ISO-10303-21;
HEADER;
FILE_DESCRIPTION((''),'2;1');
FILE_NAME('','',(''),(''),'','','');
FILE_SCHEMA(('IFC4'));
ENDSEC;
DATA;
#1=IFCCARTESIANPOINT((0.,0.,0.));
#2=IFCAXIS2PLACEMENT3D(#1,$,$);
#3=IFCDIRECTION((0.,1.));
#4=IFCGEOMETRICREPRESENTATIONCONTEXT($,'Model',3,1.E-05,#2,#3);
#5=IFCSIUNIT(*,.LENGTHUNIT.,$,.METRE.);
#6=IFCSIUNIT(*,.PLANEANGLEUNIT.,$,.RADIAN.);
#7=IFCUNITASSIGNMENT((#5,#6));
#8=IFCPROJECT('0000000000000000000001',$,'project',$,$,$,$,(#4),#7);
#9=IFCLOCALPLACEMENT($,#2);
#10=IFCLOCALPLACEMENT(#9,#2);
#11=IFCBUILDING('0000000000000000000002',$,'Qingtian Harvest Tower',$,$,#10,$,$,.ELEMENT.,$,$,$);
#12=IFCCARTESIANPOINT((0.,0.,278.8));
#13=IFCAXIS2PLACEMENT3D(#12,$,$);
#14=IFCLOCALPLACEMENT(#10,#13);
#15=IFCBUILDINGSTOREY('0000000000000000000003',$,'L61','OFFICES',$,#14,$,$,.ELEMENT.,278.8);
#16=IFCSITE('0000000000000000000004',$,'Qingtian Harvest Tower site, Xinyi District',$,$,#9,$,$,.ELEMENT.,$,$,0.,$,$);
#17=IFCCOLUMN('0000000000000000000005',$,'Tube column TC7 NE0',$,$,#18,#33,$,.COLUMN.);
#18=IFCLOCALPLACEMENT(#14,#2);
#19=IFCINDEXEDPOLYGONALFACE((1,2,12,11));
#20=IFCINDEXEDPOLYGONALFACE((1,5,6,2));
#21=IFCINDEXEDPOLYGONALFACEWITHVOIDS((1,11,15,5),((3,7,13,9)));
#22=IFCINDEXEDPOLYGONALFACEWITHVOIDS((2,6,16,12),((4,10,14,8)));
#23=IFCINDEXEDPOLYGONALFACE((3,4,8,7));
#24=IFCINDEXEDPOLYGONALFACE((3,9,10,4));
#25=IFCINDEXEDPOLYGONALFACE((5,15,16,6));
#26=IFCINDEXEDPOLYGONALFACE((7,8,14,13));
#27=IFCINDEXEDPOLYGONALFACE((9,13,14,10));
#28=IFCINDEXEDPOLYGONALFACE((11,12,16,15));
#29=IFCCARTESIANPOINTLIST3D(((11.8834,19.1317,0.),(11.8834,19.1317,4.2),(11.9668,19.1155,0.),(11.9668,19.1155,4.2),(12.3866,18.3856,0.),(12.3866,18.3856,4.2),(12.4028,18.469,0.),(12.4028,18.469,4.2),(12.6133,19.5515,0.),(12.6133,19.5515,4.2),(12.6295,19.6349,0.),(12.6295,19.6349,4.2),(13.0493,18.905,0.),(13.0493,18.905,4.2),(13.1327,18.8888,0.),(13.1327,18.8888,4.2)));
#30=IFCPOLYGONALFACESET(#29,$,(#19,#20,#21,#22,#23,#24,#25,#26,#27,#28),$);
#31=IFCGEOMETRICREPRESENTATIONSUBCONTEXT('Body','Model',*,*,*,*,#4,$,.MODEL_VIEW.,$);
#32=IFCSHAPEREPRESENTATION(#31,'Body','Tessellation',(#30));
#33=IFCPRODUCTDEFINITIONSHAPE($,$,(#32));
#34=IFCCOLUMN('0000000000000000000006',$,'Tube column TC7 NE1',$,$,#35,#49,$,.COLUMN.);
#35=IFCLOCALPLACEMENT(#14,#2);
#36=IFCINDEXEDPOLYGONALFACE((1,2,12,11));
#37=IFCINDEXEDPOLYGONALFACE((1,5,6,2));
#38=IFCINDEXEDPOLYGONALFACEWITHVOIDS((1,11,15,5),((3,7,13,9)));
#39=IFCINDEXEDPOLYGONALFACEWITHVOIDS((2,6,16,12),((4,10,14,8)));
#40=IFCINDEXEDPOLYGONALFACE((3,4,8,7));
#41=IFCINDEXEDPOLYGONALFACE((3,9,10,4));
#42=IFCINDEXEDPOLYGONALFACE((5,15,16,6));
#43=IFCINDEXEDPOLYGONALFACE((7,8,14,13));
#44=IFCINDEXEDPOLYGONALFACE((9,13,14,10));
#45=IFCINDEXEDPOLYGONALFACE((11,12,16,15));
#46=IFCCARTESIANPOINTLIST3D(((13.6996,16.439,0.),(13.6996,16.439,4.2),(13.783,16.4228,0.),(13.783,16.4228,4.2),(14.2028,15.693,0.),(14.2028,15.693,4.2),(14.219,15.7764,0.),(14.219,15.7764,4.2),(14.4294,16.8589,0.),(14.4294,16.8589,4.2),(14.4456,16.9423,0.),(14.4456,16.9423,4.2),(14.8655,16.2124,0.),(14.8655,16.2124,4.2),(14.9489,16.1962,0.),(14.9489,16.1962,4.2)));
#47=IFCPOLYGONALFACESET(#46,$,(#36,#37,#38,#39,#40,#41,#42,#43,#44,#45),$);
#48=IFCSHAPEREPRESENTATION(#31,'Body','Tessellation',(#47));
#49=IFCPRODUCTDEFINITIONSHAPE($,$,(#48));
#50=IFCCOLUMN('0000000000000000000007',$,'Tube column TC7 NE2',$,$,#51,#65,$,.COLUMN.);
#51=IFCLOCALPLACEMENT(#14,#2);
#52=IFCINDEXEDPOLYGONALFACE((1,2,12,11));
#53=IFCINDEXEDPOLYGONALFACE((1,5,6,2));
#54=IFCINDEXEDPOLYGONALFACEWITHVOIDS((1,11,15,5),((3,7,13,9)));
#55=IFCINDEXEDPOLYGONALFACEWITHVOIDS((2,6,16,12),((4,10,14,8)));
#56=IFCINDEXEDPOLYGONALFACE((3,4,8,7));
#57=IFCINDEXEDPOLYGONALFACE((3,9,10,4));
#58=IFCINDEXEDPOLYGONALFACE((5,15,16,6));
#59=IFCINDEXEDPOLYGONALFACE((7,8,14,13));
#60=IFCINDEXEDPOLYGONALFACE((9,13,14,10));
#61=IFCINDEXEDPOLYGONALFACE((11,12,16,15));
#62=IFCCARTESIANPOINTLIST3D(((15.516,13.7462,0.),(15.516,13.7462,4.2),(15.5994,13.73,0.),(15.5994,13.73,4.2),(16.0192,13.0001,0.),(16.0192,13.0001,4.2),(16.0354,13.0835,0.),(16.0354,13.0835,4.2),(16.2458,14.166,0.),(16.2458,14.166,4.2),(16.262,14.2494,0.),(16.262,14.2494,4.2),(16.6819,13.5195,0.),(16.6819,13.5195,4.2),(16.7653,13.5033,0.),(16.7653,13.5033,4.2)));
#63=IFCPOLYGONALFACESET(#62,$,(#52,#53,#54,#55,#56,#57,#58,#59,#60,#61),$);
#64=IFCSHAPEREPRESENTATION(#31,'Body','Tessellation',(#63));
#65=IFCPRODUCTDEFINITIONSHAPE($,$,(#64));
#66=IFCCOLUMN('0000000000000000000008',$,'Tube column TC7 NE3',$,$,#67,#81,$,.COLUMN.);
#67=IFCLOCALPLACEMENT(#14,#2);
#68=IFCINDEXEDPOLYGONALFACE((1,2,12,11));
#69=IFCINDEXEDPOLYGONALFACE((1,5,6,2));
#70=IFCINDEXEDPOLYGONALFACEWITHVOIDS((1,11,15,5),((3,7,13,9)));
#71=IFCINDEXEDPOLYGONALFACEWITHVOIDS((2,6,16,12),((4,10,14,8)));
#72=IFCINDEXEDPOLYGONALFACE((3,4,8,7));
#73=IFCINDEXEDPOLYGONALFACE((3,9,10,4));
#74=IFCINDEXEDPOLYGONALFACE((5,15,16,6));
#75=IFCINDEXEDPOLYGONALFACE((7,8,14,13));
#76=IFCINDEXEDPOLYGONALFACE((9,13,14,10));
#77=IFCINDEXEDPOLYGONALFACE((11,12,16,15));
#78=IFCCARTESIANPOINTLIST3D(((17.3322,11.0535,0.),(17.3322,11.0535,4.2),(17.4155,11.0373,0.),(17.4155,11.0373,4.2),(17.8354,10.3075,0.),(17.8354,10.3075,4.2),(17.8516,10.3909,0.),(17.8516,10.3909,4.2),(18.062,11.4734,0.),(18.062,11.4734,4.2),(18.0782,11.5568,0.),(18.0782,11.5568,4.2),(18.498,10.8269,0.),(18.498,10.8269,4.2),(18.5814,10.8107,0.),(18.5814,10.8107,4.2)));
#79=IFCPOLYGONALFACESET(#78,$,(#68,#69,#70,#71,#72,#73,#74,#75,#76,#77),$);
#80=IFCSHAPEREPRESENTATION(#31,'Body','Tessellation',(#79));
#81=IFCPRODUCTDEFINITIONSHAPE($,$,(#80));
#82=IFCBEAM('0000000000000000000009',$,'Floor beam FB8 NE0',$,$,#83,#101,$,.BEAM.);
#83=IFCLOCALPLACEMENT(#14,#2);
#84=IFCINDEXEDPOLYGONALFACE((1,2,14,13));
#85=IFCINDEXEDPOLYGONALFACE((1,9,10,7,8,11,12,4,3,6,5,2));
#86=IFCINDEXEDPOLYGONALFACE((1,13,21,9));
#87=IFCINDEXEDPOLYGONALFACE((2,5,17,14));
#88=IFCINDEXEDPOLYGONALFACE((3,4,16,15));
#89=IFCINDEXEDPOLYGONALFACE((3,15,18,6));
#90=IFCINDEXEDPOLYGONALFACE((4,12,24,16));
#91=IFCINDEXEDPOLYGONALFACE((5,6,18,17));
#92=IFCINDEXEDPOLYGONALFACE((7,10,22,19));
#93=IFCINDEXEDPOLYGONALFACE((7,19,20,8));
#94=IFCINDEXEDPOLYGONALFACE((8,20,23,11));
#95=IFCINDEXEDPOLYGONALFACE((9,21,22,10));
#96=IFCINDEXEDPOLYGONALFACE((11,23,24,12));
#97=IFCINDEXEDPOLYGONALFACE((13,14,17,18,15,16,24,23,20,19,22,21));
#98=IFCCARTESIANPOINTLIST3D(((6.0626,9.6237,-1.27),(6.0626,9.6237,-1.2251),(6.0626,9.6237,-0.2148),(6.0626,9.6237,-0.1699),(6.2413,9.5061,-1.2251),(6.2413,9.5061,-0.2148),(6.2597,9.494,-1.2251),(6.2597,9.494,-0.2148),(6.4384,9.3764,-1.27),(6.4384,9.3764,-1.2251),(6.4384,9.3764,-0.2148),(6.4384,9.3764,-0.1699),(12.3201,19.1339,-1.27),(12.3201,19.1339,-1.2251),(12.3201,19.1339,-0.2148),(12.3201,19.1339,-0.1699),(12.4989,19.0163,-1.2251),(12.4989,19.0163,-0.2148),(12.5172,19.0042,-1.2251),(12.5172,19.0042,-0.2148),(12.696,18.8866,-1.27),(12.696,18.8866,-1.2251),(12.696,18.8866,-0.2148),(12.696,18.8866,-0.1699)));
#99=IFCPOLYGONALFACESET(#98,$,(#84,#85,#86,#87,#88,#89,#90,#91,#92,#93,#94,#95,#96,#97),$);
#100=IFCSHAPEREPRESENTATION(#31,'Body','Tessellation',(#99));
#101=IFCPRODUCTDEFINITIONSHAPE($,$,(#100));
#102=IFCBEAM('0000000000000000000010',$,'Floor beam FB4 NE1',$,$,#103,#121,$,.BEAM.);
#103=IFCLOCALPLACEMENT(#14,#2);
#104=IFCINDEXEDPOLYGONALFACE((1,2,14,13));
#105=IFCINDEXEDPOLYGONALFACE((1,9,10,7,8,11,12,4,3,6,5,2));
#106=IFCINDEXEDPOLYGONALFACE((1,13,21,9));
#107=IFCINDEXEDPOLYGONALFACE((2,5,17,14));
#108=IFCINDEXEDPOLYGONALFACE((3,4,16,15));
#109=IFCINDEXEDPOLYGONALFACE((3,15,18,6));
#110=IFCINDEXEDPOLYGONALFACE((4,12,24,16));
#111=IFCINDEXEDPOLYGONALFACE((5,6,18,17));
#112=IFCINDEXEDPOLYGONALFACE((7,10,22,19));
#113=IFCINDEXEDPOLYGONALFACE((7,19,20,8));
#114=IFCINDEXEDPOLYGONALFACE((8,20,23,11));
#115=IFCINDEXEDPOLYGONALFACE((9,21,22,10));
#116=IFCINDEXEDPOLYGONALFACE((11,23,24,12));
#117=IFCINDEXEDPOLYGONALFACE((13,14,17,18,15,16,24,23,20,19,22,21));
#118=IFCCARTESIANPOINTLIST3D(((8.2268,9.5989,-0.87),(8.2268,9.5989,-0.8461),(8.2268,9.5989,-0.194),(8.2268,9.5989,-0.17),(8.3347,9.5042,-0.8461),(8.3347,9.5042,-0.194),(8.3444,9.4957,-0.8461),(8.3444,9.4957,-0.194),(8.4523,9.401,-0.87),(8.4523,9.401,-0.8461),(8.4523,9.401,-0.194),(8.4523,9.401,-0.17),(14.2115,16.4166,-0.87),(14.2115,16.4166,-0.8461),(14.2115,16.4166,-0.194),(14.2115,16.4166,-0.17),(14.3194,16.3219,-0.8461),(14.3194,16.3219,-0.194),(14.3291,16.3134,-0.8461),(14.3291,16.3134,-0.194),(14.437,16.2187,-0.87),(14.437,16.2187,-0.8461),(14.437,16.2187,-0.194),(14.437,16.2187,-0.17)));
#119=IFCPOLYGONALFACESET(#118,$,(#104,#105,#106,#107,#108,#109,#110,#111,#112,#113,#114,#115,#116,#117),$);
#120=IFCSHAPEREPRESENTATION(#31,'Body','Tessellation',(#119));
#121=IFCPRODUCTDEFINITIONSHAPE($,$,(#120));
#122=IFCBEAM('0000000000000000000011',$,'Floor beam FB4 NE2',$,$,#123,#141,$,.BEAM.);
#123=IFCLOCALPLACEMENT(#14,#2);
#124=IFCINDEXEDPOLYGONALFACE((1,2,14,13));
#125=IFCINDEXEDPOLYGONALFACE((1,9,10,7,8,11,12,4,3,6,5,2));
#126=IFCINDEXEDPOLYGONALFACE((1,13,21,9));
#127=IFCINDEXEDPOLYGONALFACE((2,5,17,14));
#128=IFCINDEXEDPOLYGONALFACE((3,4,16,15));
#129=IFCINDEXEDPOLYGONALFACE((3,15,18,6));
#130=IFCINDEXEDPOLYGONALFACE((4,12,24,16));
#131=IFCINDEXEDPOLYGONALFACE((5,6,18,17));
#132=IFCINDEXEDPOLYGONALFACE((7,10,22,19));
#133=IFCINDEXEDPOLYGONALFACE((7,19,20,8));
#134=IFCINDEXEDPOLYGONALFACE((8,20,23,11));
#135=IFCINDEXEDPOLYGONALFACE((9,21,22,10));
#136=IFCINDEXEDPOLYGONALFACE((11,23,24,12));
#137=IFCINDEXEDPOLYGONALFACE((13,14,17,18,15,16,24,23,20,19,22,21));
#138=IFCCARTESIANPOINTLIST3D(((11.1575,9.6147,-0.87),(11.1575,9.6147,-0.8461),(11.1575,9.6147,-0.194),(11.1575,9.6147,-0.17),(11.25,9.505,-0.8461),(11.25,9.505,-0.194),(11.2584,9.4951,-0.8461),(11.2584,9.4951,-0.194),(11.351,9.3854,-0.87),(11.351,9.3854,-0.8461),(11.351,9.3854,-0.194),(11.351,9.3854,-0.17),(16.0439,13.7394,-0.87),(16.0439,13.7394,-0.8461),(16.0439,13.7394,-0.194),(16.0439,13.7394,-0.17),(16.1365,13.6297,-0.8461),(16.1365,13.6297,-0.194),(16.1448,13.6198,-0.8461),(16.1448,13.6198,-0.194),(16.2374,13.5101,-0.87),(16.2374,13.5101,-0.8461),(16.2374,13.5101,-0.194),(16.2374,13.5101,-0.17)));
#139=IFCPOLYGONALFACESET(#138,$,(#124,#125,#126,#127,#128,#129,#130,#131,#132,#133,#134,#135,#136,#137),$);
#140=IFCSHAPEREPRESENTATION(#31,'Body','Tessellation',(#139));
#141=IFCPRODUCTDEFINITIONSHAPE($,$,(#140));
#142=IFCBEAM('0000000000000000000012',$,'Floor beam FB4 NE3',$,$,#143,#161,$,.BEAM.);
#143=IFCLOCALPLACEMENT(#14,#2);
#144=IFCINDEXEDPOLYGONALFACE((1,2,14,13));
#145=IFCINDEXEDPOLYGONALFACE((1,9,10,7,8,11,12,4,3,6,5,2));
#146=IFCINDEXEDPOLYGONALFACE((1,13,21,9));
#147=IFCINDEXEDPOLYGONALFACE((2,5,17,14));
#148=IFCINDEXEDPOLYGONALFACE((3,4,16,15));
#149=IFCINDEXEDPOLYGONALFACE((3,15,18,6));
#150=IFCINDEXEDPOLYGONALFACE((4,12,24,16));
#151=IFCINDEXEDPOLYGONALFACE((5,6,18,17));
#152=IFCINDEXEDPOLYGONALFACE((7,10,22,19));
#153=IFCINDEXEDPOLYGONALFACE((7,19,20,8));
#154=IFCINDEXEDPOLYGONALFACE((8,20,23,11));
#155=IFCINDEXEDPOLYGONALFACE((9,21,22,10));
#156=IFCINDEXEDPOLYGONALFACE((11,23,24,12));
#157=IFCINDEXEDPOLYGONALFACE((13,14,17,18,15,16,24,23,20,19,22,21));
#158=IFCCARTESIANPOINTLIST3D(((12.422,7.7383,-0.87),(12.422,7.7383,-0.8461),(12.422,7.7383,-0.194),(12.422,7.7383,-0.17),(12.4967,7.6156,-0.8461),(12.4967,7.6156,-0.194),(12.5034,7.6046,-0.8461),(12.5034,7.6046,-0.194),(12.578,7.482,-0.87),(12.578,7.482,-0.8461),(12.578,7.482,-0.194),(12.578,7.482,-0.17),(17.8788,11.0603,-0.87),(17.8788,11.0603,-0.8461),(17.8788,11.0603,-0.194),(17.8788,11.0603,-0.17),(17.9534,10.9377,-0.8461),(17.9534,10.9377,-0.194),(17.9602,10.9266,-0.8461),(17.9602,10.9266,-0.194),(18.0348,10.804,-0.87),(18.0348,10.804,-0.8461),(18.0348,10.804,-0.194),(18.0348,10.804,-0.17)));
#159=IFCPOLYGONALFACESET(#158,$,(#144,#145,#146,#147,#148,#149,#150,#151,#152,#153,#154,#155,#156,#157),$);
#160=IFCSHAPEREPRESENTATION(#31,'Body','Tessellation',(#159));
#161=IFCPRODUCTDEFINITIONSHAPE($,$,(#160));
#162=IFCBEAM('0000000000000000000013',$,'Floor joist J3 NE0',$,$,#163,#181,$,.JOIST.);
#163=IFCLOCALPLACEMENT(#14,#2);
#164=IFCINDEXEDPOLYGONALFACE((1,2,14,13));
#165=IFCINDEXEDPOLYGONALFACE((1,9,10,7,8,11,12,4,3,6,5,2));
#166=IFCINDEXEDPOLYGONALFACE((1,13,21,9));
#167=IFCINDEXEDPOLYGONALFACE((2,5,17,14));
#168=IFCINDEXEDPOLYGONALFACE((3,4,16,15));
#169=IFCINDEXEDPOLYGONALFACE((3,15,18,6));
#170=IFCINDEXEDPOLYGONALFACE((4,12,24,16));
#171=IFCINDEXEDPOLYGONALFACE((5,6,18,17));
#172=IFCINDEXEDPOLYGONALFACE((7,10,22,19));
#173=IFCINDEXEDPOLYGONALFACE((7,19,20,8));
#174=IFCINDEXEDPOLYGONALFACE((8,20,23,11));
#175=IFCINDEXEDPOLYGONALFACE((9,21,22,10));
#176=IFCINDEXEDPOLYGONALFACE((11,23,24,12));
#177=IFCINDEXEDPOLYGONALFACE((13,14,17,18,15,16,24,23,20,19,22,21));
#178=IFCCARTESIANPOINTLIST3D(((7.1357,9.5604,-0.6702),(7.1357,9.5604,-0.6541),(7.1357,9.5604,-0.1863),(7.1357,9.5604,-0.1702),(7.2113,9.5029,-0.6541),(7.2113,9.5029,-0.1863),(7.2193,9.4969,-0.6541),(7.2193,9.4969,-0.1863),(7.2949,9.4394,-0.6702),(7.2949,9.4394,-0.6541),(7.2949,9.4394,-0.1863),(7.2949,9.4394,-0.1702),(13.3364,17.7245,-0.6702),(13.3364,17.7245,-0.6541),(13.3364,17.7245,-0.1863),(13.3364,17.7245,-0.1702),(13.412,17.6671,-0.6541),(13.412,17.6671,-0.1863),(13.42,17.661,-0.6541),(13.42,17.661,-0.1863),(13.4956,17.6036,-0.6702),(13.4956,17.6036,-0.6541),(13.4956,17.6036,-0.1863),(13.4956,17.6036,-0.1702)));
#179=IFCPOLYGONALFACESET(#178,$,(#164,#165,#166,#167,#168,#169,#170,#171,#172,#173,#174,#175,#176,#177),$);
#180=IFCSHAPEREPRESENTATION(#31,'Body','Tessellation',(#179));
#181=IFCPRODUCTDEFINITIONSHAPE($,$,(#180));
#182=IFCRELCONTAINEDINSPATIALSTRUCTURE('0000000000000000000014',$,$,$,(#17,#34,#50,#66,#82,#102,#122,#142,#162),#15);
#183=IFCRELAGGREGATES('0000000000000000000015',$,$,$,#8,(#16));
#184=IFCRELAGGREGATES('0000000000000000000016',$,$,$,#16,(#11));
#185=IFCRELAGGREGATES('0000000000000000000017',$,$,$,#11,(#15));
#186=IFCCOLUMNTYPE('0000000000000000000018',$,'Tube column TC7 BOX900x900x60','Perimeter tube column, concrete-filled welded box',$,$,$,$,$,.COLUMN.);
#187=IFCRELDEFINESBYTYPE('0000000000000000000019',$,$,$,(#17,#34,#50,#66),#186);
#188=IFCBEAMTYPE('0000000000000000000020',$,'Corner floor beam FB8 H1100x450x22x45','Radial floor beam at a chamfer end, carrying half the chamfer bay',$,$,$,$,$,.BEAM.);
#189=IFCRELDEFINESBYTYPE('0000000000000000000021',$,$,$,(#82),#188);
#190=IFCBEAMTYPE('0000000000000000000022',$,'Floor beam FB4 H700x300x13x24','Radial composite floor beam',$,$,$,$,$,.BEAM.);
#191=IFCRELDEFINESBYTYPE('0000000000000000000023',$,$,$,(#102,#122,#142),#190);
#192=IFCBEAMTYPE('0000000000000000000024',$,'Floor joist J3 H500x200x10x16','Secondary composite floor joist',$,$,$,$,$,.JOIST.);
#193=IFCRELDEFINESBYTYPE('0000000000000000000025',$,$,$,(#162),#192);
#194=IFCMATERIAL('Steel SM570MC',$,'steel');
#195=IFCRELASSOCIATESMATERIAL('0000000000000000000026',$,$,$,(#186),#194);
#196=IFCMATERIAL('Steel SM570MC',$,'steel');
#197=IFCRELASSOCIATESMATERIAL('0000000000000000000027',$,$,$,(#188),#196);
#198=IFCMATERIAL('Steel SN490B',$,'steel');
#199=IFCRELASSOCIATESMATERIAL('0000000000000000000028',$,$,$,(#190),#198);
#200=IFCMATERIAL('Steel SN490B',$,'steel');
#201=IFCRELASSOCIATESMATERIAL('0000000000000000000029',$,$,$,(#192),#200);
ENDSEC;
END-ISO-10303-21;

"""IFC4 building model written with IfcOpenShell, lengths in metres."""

from ifc_helpers import new_model, si_unit, direction, frame, origin, origin_2d, place, context, subcontext, project, spatial, hollow_rectangle, i_section, extrude, material, material_profile, profile_set, type_object, element, save


model = new_model("IFC4")

# Units and contexts
model_context = context("Model", 3, precision=1e-05, world=origin(), true_north=direction((0.0, 1.0)))
body_context = subcontext(model_context, "Body", "Model", "MODEL_VIEW")
ifc_project = project(units=[si_unit("LENGTHUNIT", "METRE"), si_unit("PLANEANGLEUNIT", "RADIAN")], contexts=[model_context])

# Site, building, storey
site_placement = place(None, origin())
site = spatial("IfcSite", under=ifc_project, at=site_placement, Name="Qingtian Harvest Tower site, Xinyi District", CompositionType="ELEMENT", RefElevation=0.0)
building_placement = place(site_placement, origin())
building = spatial("IfcBuilding", under=site, at=building_placement, Name="Qingtian Harvest Tower", CompositionType="ELEMENT")
storey_placement = place(building_placement, frame((0.0, 0.0, 278.8)))
storey = spatial("IfcBuildingStorey", under=building, at=storey_placement, Name="L61", Description="OFFICES", CompositionType="ELEMENT", Elevation=278.8)

# Columns
ifc_material_1 = material(Name="Steel SM570MC", Category="steel")
ifc_material_profile_1 = material_profile(ifc_material_1, hollow_rectangle(XDim=0.8999, YDim=0.8999, WallThickness=0.0601, at=origin_2d()), Name="BOX900x900x60")
ifc_profile_set_1 = profile_set([ifc_material_profile_1], Name="Steel SM570MC")
column_type = type_object("IfcColumnType", Name="Tube column TC7 BOX900x900x60", Description="Perimeter tube column, concrete-filled welded box", PredefinedType="COLUMN", material=ifc_profile_set_1)
for number, where, z_axis, x_axis, name in (
    (1, (12.5081, 19.0103, 0.0), (0.0, 0.0, 1.0), (-0.559193, 0.829038, 0.0), "Tube column TC7 NE0"),
    (2, (14.3242, 16.3176, 0.0), (0.0, 0.0, 1.0), (-0.559193, 0.829038, 0.0), "Tube column TC7 NE1"),
    (3, (16.1406, 13.6248, 0.0), (0.0, 0.0, 1.0), (-0.559193, 0.829038, 0.0), "Tube column TC7 NE2"),
    (4, (17.9568, 10.9321, 0.0), (0.0, 0.0, 1.0), (-0.559193, 0.829038, 0.0), "Tube column TC7 NE3"),
):
    element("IfcColumn", number, at=place(storey_placement, frame(where, z_axis=z_axis, x_axis=x_axis)), inside=storey, type_object=column_type, Name=name, PredefinedType="COLUMN", context=body_context, shape_type="SweptSolid", body=[
        extrude(hollow_rectangle(XDim=0.8999, YDim=0.8999, WallThickness=0.0601, at=origin_2d()), origin(), (0.0, 0.0, 1.0), 4.2),
    ])

# Beams
ifc_material_2 = material(Name="Steel SM570MC", Category="steel")
ifc_material_profile_2 = material_profile(ifc_material_2, i_section(OverallWidth=0.45, OverallDepth=1.1001, WebThickness=0.022, FlangeThickness=0.0449, at=origin_2d()), Name="H1100x450x22x45")
ifc_profile_set_2 = profile_set([ifc_material_profile_2], Name="Steel SM570MC")
beam_type_1 = type_object("IfcBeamType", Name="Corner floor beam FB8 H1100x450x22x45", Description="Radial floor beam at a chamfer end, carrying half the chamfer bay", PredefinedType="BEAM", material=ifc_profile_set_2)
beam_1_placement = place(storey_placement, frame((12.5081, 19.0103, -0.72), z_axis=(-0.549667, -0.835384, 0.0), x_axis=(0.835384, -0.549667, 0.0)))
element("IfcBeam", 5, at=beam_1_placement, inside=storey, type_object=beam_type_1, Name="Floor beam FB8 NE0", PredefinedType="BEAM", context=body_context, shape_type="SweptSolid", body=[
    extrude(i_section(OverallWidth=0.45, OverallDepth=1.1001, WebThickness=0.022, FlangeThickness=0.0449, at=origin_2d()), origin(), (0.0, 0.0, 1.0), 11.3843),
])
ifc_material_3 = material(Name="Steel SN490B", Category="steel")
ifc_material_profile_3 = material_profile(ifc_material_3, i_section(OverallWidth=0.3, OverallDepth=0.7, WebThickness=0.0129, FlangeThickness=0.0239, at=origin_2d()), Name="H700x300x13x24")
ifc_profile_set_3 = profile_set([ifc_material_profile_3], Name="Steel SN490B")
beam_type_2 = type_object("IfcBeamType", Name="Floor beam FB4 H700x300x13x24", Description="Radial composite floor beam", PredefinedType="BEAM", material=ifc_profile_set_3)
beam_2_placement = place(storey_placement, frame((14.3242, 16.3176, -0.52), z_axis=(-0.659702, -0.751527, 0.0), x_axis=(0.751527, -0.659702, 0.0)))
element("IfcBeam", 6, at=beam_2_placement, inside=storey, type_object=beam_type_2, Name="Floor beam FB4 NE1", PredefinedType="BEAM", context=body_context, shape_type="SweptSolid", body=[
    extrude(i_section(OverallWidth=0.3, OverallDepth=0.7, WebThickness=0.0129, FlangeThickness=0.0239, at=origin_2d()), origin(), (0.0, 0.0, 1.0), 9.0718),
])
beam_3_placement = place(storey_placement, frame((16.1406, 13.6248, -0.52), z_axis=(-0.764153, -0.645035, 0.0), x_axis=(0.645035, -0.764153, 0.0)))
element("IfcBeam", 7, at=beam_3_placement, inside=storey, type_object=beam_type_2, Name="Floor beam FB4 NE2", PredefinedType="BEAM", context=body_context, shape_type="SweptSolid", body=[
    extrude(i_section(OverallWidth=0.3, OverallDepth=0.7, WebThickness=0.0129, FlangeThickness=0.0239, at=origin_2d()), origin(), (0.0, 0.0, 1.0), 6.3945),
])
beam_4_placement = place(storey_placement, frame((17.9568, 10.9321, -0.52), z_axis=(-0.854164, -0.520004, 0.0), x_axis=(0.520004, -0.854164, 0.0)))
element("IfcBeam", 8, at=beam_4_placement, inside=storey, type_object=beam_type_2, Name="Floor beam FB4 NE3", PredefinedType="BEAM", context=body_context, shape_type="SweptSolid", body=[
    extrude(i_section(OverallWidth=0.3, OverallDepth=0.7, WebThickness=0.0129, FlangeThickness=0.0239, at=origin_2d()), origin(), (0.0, 0.0, 1.0), 6.3884),
])
ifc_material_4 = material(Name="Steel SN490B", Category="steel")
ifc_material_profile_4 = material_profile(ifc_material_4, i_section(OverallWidth=0.2, OverallDepth=0.5, WebThickness=0.01, FlangeThickness=0.0161, at=origin_2d()), Name="H500x200x10x16")
ifc_profile_set_4 = profile_set([ifc_material_profile_4], Name="Steel SN490B")
beam_type_3 = type_object("IfcBeamType", Name="Floor joist J3 H500x200x10x16", Description="Secondary composite floor joist", PredefinedType="JOIST", material=ifc_profile_set_4)
beam_5_placement = place(storey_placement, frame((13.416, 17.6641, -0.4202), z_axis=(-0.604836, -0.79635, 0.0), x_axis=(0.79635, -0.604836, 0.0)))
element("IfcBeam", 9, at=beam_5_placement, inside=storey, type_object=beam_type_3, Name="Floor joist J3 NE0", PredefinedType="JOIST", context=body_context, shape_type="SweptSolid", body=[
    extrude(i_section(OverallWidth=0.2, OverallDepth=0.5, WebThickness=0.01, FlangeThickness=0.0161, at=origin_2d()), origin(), (0.0, 0.0, 1.0), 10.252),
])

save(model, "model.ifc")
